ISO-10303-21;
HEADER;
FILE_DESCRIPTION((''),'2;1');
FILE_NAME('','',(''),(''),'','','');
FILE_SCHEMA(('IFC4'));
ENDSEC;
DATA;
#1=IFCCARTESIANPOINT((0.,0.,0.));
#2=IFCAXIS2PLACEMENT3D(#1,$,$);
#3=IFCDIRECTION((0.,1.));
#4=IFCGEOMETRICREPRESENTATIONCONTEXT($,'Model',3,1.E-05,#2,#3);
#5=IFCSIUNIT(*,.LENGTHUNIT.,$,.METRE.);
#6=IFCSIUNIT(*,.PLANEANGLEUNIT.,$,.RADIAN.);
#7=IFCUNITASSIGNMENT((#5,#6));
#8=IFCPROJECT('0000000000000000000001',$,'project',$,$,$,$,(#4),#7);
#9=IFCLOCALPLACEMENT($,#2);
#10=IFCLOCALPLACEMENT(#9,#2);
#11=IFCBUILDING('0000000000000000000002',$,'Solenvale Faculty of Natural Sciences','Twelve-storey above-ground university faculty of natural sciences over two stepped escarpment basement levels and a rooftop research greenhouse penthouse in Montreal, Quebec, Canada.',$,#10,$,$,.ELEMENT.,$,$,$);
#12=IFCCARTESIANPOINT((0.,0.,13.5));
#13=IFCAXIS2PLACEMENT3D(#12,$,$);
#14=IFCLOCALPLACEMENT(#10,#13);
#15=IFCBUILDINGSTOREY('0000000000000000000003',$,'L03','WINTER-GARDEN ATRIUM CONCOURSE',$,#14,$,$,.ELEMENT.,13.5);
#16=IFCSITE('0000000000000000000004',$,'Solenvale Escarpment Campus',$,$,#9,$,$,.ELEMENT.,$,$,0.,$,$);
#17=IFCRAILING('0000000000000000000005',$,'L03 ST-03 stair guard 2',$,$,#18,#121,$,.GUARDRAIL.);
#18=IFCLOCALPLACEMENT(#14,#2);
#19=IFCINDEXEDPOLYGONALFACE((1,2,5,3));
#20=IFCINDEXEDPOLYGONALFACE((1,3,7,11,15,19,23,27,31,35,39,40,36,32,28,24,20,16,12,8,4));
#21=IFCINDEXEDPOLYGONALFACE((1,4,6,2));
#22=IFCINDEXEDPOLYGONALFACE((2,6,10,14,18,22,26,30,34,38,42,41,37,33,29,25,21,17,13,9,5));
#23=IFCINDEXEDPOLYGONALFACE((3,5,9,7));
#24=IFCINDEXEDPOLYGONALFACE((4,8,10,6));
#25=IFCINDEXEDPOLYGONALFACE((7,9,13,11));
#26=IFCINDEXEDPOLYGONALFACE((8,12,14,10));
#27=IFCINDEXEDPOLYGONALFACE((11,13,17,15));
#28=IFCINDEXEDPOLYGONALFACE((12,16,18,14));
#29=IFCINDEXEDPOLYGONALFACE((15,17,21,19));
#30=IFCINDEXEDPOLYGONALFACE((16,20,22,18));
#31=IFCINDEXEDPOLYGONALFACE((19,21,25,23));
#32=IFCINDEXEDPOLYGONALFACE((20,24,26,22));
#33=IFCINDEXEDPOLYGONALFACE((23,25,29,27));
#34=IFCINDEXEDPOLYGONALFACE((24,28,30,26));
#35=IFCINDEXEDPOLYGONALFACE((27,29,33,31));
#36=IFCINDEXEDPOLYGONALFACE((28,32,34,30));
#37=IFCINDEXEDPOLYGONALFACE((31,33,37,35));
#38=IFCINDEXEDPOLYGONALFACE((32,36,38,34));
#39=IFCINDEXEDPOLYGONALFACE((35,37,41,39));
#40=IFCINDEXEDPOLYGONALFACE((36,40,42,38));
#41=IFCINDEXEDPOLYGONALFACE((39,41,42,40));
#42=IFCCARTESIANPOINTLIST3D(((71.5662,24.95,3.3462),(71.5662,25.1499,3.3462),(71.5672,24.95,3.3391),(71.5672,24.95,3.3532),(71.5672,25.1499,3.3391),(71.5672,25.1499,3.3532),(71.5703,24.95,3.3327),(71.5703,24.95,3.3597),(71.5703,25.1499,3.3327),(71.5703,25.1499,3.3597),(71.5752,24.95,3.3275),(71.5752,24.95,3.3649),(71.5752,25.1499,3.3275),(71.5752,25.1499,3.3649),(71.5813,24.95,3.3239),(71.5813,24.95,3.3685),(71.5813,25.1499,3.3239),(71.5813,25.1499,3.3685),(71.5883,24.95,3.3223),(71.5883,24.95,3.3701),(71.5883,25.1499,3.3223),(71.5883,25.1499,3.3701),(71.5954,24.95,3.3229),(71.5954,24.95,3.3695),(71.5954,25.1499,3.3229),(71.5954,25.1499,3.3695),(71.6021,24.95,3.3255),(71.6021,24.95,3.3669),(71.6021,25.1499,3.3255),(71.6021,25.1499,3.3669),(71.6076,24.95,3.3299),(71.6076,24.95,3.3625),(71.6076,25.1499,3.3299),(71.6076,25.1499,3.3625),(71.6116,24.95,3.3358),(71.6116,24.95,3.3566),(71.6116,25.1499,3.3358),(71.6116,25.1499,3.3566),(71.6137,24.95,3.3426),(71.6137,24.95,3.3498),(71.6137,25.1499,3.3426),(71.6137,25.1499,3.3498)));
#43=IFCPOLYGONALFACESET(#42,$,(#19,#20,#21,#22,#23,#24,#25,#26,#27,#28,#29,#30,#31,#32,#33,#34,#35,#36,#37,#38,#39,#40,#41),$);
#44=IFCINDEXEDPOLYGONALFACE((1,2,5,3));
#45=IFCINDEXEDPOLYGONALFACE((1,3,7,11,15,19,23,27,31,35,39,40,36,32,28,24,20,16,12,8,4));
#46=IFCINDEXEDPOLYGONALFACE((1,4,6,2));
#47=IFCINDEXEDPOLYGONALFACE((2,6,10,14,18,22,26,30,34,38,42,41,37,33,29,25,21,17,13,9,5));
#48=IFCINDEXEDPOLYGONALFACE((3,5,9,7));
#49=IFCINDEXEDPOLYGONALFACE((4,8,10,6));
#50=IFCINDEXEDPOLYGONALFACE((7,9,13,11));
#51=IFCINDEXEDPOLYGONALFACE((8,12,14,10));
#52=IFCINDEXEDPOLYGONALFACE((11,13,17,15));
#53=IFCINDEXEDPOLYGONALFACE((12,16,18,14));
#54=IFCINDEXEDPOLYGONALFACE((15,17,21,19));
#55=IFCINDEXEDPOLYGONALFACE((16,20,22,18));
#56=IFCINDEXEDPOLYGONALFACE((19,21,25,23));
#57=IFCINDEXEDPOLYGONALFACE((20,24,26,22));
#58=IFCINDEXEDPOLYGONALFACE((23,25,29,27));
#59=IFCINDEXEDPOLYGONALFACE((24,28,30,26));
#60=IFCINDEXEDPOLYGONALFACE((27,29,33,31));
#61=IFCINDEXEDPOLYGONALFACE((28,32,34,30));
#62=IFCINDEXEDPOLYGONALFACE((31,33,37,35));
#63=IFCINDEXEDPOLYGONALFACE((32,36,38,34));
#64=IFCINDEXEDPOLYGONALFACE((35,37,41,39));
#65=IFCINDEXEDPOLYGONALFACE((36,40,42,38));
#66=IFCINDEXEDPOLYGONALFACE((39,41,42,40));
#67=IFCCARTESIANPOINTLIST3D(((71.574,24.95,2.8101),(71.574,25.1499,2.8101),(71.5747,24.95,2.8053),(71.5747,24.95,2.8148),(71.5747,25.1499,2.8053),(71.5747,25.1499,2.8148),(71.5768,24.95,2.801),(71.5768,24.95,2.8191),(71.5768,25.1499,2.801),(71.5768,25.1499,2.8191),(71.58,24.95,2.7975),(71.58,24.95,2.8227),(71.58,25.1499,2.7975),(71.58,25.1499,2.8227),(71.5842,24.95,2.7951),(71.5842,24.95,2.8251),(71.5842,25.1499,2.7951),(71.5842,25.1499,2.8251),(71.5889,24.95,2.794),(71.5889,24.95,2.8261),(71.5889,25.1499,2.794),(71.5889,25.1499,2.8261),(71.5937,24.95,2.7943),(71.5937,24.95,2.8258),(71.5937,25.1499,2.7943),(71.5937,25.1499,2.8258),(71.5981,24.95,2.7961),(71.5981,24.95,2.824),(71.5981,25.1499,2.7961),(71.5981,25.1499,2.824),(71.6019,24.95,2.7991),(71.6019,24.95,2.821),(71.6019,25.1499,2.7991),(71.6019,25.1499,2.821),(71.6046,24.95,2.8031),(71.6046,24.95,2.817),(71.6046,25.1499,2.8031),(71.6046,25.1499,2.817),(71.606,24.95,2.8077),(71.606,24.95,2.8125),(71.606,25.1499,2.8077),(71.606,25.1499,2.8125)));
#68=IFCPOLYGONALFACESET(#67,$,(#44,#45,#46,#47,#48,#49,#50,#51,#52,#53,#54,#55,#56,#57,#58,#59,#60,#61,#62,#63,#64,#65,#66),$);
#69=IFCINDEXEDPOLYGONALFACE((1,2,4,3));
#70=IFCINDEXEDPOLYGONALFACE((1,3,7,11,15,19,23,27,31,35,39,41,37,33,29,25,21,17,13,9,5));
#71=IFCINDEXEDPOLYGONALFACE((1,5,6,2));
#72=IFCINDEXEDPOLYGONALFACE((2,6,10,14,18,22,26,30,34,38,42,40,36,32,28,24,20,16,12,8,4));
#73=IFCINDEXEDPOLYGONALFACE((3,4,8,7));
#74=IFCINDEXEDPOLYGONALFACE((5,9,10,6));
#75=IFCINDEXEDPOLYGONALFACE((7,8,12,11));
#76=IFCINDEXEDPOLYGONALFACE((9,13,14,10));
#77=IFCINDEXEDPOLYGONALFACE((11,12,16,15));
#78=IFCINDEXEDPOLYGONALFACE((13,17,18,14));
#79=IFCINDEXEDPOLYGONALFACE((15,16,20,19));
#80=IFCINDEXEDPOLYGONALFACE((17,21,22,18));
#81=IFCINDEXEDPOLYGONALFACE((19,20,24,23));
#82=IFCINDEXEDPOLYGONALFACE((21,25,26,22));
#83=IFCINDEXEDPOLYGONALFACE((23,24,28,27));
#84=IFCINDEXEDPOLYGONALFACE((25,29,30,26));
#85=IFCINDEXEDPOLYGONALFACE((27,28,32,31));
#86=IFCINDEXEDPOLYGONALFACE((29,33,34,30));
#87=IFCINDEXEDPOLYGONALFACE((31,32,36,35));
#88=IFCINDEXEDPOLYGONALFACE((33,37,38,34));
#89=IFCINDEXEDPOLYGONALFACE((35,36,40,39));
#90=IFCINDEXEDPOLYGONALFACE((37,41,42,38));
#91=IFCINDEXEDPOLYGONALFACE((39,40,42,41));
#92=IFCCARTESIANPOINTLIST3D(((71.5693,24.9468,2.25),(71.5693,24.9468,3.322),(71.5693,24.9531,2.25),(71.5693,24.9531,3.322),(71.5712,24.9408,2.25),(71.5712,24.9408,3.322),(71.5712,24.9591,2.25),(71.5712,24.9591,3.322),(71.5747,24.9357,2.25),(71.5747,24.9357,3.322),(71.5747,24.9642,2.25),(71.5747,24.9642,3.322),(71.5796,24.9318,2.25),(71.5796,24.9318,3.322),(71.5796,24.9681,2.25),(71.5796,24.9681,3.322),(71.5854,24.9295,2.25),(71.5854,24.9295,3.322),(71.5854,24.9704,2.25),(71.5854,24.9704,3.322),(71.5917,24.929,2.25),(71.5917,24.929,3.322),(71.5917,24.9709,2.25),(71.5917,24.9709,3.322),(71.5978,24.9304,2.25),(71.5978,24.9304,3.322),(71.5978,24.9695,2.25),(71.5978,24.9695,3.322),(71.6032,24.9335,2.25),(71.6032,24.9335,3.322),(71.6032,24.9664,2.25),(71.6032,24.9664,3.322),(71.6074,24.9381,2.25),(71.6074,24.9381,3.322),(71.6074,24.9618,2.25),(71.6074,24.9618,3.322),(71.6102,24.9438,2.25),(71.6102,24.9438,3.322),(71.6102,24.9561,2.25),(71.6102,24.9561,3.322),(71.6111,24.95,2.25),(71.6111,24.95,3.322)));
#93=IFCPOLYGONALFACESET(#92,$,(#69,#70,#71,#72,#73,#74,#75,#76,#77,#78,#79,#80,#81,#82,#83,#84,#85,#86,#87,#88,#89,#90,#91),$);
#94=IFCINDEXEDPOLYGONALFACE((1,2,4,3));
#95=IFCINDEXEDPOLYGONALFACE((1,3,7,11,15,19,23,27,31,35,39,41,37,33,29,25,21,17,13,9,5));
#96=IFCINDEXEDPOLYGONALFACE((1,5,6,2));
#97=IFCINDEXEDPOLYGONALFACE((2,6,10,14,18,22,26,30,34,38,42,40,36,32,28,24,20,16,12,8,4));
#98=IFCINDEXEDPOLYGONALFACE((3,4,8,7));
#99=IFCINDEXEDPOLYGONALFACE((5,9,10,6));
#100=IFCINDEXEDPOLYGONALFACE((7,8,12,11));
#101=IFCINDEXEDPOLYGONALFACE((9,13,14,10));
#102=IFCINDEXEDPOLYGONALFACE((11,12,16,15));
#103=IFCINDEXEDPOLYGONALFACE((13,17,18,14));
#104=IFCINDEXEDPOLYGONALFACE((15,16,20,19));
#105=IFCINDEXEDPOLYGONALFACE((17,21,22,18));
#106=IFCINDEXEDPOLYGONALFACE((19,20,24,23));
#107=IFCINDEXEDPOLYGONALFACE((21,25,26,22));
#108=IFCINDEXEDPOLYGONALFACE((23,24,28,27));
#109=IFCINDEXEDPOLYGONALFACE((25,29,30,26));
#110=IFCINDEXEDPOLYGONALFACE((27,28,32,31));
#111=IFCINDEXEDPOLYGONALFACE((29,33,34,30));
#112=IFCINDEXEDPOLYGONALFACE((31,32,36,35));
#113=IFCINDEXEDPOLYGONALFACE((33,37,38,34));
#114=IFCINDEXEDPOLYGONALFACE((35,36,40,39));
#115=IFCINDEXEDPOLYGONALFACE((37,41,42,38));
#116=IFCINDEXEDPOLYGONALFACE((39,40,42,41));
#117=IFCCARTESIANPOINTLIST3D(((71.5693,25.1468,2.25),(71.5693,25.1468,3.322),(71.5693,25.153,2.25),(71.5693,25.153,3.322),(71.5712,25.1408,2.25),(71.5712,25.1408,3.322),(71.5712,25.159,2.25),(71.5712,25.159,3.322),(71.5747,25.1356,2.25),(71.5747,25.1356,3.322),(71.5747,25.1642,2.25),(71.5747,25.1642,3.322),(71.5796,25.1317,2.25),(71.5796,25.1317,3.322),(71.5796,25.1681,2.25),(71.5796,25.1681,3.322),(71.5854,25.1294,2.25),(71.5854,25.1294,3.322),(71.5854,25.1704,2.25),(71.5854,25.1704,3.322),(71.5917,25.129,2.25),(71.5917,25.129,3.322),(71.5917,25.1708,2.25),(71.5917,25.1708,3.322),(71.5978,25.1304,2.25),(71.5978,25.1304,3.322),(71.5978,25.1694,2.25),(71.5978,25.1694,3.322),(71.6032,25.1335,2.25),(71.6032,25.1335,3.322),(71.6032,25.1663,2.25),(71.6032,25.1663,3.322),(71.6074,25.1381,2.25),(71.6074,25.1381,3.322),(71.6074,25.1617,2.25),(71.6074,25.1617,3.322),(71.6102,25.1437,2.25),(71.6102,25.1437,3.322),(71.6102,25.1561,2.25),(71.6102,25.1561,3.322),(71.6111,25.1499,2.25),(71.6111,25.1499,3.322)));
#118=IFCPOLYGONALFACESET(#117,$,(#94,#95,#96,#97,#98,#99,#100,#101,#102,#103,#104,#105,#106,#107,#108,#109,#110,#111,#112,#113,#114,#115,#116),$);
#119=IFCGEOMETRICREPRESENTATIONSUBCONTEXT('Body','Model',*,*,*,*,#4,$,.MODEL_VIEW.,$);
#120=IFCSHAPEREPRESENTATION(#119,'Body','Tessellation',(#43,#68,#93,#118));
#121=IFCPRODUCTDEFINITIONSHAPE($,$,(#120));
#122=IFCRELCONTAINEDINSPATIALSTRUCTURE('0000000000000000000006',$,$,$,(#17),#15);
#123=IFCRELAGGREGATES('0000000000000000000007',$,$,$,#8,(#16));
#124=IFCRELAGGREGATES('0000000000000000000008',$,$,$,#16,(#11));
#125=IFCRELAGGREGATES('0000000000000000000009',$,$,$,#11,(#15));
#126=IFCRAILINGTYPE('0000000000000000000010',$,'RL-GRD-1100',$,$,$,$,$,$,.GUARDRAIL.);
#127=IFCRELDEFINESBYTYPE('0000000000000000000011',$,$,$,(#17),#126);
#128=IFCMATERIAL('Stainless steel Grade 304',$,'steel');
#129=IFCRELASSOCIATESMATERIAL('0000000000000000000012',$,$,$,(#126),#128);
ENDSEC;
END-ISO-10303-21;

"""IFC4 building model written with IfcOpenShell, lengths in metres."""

from ifc_helpers import new_model, si_unit, direction, frame, origin, origin_2d, place, context, subcontext, project, spatial, circle, extrude, material, type_object, element, save


model = new_model("IFC4")

# Units and contexts
model_context = context("Model", 3, precision=1e-05, world=origin(), true_north=direction((0.0, 1.0)))
body_context = subcontext(model_context, "Body", "Model", "MODEL_VIEW")
ifc_project = project(units=[si_unit("LENGTHUNIT", "METRE"), si_unit("PLANEANGLEUNIT", "RADIAN")], contexts=[model_context])

# Site, building, storey
site_placement = place(None, origin())
site = spatial("IfcSite", under=ifc_project, at=site_placement, Name="Solenvale Escarpment Campus", CompositionType="ELEMENT", RefElevation=0.0)
building_placement = place(site_placement, origin())
building = spatial("IfcBuilding", under=site, at=building_placement, Name="Solenvale Faculty of Natural Sciences", Description="Twelve-storey above-ground university faculty of natural sciences over two stepped escarpment basement levels and a rooftop research greenhouse penthouse in Montreal, Quebec, Canada.", CompositionType="ELEMENT")
storey_placement = place(building_placement, frame((0.0, 0.0, 13.5)))
storey = spatial("IfcBuildingStorey", under=building, at=storey_placement, Name="L03", Description="WINTER-GARDEN ATRIUM CONCOURSE", CompositionType="ELEMENT", Elevation=13.5)

# Railing
ifc_material_1 = material(Name="Stainless steel Grade 304", Category="steel")
railing_type = type_object("IfcRailingType", Name="RL-GRD-1100", PredefinedType="GUARDRAIL", material=ifc_material_1)
railing_placement = place(storey_placement, frame((71.5901, 24.95, 2.25)))
element("IfcRailing", 1, at=railing_placement, inside=storey, type_object=railing_type, Name="L03 ST-03 stair guard 2", PredefinedType="GUARDRAIL", context=body_context, shape_type="SweptSolid", body=[
    extrude(circle(Radius=0.0239, at=origin_2d()), frame((0.0, 0.0, 1.0962), z_axis=(0.0, 1.0, 0.0), x_axis=(-1.0, 0.0, 0.0)), (0.0, 0.0, 1.0), 0.2),
    extrude(circle(Radius=0.0161, at=origin_2d()), frame((0.0, 0.0, 0.5601), z_axis=(0.0, 1.0, 0.0), x_axis=(-1.0, 0.0, 0.0)), (0.0, 0.0, 1.0), 0.2),
    extrude(circle(Radius=0.021, at=origin_2d()), origin(), (0.0, 0.0, 1.0), 1.072),
    extrude(circle(Radius=0.021, at=origin_2d()), frame((0.0, 0.2, 0.0)), (0.0, 0.0, 1.0), 1.072),
])

save(model, "model.ifc")
